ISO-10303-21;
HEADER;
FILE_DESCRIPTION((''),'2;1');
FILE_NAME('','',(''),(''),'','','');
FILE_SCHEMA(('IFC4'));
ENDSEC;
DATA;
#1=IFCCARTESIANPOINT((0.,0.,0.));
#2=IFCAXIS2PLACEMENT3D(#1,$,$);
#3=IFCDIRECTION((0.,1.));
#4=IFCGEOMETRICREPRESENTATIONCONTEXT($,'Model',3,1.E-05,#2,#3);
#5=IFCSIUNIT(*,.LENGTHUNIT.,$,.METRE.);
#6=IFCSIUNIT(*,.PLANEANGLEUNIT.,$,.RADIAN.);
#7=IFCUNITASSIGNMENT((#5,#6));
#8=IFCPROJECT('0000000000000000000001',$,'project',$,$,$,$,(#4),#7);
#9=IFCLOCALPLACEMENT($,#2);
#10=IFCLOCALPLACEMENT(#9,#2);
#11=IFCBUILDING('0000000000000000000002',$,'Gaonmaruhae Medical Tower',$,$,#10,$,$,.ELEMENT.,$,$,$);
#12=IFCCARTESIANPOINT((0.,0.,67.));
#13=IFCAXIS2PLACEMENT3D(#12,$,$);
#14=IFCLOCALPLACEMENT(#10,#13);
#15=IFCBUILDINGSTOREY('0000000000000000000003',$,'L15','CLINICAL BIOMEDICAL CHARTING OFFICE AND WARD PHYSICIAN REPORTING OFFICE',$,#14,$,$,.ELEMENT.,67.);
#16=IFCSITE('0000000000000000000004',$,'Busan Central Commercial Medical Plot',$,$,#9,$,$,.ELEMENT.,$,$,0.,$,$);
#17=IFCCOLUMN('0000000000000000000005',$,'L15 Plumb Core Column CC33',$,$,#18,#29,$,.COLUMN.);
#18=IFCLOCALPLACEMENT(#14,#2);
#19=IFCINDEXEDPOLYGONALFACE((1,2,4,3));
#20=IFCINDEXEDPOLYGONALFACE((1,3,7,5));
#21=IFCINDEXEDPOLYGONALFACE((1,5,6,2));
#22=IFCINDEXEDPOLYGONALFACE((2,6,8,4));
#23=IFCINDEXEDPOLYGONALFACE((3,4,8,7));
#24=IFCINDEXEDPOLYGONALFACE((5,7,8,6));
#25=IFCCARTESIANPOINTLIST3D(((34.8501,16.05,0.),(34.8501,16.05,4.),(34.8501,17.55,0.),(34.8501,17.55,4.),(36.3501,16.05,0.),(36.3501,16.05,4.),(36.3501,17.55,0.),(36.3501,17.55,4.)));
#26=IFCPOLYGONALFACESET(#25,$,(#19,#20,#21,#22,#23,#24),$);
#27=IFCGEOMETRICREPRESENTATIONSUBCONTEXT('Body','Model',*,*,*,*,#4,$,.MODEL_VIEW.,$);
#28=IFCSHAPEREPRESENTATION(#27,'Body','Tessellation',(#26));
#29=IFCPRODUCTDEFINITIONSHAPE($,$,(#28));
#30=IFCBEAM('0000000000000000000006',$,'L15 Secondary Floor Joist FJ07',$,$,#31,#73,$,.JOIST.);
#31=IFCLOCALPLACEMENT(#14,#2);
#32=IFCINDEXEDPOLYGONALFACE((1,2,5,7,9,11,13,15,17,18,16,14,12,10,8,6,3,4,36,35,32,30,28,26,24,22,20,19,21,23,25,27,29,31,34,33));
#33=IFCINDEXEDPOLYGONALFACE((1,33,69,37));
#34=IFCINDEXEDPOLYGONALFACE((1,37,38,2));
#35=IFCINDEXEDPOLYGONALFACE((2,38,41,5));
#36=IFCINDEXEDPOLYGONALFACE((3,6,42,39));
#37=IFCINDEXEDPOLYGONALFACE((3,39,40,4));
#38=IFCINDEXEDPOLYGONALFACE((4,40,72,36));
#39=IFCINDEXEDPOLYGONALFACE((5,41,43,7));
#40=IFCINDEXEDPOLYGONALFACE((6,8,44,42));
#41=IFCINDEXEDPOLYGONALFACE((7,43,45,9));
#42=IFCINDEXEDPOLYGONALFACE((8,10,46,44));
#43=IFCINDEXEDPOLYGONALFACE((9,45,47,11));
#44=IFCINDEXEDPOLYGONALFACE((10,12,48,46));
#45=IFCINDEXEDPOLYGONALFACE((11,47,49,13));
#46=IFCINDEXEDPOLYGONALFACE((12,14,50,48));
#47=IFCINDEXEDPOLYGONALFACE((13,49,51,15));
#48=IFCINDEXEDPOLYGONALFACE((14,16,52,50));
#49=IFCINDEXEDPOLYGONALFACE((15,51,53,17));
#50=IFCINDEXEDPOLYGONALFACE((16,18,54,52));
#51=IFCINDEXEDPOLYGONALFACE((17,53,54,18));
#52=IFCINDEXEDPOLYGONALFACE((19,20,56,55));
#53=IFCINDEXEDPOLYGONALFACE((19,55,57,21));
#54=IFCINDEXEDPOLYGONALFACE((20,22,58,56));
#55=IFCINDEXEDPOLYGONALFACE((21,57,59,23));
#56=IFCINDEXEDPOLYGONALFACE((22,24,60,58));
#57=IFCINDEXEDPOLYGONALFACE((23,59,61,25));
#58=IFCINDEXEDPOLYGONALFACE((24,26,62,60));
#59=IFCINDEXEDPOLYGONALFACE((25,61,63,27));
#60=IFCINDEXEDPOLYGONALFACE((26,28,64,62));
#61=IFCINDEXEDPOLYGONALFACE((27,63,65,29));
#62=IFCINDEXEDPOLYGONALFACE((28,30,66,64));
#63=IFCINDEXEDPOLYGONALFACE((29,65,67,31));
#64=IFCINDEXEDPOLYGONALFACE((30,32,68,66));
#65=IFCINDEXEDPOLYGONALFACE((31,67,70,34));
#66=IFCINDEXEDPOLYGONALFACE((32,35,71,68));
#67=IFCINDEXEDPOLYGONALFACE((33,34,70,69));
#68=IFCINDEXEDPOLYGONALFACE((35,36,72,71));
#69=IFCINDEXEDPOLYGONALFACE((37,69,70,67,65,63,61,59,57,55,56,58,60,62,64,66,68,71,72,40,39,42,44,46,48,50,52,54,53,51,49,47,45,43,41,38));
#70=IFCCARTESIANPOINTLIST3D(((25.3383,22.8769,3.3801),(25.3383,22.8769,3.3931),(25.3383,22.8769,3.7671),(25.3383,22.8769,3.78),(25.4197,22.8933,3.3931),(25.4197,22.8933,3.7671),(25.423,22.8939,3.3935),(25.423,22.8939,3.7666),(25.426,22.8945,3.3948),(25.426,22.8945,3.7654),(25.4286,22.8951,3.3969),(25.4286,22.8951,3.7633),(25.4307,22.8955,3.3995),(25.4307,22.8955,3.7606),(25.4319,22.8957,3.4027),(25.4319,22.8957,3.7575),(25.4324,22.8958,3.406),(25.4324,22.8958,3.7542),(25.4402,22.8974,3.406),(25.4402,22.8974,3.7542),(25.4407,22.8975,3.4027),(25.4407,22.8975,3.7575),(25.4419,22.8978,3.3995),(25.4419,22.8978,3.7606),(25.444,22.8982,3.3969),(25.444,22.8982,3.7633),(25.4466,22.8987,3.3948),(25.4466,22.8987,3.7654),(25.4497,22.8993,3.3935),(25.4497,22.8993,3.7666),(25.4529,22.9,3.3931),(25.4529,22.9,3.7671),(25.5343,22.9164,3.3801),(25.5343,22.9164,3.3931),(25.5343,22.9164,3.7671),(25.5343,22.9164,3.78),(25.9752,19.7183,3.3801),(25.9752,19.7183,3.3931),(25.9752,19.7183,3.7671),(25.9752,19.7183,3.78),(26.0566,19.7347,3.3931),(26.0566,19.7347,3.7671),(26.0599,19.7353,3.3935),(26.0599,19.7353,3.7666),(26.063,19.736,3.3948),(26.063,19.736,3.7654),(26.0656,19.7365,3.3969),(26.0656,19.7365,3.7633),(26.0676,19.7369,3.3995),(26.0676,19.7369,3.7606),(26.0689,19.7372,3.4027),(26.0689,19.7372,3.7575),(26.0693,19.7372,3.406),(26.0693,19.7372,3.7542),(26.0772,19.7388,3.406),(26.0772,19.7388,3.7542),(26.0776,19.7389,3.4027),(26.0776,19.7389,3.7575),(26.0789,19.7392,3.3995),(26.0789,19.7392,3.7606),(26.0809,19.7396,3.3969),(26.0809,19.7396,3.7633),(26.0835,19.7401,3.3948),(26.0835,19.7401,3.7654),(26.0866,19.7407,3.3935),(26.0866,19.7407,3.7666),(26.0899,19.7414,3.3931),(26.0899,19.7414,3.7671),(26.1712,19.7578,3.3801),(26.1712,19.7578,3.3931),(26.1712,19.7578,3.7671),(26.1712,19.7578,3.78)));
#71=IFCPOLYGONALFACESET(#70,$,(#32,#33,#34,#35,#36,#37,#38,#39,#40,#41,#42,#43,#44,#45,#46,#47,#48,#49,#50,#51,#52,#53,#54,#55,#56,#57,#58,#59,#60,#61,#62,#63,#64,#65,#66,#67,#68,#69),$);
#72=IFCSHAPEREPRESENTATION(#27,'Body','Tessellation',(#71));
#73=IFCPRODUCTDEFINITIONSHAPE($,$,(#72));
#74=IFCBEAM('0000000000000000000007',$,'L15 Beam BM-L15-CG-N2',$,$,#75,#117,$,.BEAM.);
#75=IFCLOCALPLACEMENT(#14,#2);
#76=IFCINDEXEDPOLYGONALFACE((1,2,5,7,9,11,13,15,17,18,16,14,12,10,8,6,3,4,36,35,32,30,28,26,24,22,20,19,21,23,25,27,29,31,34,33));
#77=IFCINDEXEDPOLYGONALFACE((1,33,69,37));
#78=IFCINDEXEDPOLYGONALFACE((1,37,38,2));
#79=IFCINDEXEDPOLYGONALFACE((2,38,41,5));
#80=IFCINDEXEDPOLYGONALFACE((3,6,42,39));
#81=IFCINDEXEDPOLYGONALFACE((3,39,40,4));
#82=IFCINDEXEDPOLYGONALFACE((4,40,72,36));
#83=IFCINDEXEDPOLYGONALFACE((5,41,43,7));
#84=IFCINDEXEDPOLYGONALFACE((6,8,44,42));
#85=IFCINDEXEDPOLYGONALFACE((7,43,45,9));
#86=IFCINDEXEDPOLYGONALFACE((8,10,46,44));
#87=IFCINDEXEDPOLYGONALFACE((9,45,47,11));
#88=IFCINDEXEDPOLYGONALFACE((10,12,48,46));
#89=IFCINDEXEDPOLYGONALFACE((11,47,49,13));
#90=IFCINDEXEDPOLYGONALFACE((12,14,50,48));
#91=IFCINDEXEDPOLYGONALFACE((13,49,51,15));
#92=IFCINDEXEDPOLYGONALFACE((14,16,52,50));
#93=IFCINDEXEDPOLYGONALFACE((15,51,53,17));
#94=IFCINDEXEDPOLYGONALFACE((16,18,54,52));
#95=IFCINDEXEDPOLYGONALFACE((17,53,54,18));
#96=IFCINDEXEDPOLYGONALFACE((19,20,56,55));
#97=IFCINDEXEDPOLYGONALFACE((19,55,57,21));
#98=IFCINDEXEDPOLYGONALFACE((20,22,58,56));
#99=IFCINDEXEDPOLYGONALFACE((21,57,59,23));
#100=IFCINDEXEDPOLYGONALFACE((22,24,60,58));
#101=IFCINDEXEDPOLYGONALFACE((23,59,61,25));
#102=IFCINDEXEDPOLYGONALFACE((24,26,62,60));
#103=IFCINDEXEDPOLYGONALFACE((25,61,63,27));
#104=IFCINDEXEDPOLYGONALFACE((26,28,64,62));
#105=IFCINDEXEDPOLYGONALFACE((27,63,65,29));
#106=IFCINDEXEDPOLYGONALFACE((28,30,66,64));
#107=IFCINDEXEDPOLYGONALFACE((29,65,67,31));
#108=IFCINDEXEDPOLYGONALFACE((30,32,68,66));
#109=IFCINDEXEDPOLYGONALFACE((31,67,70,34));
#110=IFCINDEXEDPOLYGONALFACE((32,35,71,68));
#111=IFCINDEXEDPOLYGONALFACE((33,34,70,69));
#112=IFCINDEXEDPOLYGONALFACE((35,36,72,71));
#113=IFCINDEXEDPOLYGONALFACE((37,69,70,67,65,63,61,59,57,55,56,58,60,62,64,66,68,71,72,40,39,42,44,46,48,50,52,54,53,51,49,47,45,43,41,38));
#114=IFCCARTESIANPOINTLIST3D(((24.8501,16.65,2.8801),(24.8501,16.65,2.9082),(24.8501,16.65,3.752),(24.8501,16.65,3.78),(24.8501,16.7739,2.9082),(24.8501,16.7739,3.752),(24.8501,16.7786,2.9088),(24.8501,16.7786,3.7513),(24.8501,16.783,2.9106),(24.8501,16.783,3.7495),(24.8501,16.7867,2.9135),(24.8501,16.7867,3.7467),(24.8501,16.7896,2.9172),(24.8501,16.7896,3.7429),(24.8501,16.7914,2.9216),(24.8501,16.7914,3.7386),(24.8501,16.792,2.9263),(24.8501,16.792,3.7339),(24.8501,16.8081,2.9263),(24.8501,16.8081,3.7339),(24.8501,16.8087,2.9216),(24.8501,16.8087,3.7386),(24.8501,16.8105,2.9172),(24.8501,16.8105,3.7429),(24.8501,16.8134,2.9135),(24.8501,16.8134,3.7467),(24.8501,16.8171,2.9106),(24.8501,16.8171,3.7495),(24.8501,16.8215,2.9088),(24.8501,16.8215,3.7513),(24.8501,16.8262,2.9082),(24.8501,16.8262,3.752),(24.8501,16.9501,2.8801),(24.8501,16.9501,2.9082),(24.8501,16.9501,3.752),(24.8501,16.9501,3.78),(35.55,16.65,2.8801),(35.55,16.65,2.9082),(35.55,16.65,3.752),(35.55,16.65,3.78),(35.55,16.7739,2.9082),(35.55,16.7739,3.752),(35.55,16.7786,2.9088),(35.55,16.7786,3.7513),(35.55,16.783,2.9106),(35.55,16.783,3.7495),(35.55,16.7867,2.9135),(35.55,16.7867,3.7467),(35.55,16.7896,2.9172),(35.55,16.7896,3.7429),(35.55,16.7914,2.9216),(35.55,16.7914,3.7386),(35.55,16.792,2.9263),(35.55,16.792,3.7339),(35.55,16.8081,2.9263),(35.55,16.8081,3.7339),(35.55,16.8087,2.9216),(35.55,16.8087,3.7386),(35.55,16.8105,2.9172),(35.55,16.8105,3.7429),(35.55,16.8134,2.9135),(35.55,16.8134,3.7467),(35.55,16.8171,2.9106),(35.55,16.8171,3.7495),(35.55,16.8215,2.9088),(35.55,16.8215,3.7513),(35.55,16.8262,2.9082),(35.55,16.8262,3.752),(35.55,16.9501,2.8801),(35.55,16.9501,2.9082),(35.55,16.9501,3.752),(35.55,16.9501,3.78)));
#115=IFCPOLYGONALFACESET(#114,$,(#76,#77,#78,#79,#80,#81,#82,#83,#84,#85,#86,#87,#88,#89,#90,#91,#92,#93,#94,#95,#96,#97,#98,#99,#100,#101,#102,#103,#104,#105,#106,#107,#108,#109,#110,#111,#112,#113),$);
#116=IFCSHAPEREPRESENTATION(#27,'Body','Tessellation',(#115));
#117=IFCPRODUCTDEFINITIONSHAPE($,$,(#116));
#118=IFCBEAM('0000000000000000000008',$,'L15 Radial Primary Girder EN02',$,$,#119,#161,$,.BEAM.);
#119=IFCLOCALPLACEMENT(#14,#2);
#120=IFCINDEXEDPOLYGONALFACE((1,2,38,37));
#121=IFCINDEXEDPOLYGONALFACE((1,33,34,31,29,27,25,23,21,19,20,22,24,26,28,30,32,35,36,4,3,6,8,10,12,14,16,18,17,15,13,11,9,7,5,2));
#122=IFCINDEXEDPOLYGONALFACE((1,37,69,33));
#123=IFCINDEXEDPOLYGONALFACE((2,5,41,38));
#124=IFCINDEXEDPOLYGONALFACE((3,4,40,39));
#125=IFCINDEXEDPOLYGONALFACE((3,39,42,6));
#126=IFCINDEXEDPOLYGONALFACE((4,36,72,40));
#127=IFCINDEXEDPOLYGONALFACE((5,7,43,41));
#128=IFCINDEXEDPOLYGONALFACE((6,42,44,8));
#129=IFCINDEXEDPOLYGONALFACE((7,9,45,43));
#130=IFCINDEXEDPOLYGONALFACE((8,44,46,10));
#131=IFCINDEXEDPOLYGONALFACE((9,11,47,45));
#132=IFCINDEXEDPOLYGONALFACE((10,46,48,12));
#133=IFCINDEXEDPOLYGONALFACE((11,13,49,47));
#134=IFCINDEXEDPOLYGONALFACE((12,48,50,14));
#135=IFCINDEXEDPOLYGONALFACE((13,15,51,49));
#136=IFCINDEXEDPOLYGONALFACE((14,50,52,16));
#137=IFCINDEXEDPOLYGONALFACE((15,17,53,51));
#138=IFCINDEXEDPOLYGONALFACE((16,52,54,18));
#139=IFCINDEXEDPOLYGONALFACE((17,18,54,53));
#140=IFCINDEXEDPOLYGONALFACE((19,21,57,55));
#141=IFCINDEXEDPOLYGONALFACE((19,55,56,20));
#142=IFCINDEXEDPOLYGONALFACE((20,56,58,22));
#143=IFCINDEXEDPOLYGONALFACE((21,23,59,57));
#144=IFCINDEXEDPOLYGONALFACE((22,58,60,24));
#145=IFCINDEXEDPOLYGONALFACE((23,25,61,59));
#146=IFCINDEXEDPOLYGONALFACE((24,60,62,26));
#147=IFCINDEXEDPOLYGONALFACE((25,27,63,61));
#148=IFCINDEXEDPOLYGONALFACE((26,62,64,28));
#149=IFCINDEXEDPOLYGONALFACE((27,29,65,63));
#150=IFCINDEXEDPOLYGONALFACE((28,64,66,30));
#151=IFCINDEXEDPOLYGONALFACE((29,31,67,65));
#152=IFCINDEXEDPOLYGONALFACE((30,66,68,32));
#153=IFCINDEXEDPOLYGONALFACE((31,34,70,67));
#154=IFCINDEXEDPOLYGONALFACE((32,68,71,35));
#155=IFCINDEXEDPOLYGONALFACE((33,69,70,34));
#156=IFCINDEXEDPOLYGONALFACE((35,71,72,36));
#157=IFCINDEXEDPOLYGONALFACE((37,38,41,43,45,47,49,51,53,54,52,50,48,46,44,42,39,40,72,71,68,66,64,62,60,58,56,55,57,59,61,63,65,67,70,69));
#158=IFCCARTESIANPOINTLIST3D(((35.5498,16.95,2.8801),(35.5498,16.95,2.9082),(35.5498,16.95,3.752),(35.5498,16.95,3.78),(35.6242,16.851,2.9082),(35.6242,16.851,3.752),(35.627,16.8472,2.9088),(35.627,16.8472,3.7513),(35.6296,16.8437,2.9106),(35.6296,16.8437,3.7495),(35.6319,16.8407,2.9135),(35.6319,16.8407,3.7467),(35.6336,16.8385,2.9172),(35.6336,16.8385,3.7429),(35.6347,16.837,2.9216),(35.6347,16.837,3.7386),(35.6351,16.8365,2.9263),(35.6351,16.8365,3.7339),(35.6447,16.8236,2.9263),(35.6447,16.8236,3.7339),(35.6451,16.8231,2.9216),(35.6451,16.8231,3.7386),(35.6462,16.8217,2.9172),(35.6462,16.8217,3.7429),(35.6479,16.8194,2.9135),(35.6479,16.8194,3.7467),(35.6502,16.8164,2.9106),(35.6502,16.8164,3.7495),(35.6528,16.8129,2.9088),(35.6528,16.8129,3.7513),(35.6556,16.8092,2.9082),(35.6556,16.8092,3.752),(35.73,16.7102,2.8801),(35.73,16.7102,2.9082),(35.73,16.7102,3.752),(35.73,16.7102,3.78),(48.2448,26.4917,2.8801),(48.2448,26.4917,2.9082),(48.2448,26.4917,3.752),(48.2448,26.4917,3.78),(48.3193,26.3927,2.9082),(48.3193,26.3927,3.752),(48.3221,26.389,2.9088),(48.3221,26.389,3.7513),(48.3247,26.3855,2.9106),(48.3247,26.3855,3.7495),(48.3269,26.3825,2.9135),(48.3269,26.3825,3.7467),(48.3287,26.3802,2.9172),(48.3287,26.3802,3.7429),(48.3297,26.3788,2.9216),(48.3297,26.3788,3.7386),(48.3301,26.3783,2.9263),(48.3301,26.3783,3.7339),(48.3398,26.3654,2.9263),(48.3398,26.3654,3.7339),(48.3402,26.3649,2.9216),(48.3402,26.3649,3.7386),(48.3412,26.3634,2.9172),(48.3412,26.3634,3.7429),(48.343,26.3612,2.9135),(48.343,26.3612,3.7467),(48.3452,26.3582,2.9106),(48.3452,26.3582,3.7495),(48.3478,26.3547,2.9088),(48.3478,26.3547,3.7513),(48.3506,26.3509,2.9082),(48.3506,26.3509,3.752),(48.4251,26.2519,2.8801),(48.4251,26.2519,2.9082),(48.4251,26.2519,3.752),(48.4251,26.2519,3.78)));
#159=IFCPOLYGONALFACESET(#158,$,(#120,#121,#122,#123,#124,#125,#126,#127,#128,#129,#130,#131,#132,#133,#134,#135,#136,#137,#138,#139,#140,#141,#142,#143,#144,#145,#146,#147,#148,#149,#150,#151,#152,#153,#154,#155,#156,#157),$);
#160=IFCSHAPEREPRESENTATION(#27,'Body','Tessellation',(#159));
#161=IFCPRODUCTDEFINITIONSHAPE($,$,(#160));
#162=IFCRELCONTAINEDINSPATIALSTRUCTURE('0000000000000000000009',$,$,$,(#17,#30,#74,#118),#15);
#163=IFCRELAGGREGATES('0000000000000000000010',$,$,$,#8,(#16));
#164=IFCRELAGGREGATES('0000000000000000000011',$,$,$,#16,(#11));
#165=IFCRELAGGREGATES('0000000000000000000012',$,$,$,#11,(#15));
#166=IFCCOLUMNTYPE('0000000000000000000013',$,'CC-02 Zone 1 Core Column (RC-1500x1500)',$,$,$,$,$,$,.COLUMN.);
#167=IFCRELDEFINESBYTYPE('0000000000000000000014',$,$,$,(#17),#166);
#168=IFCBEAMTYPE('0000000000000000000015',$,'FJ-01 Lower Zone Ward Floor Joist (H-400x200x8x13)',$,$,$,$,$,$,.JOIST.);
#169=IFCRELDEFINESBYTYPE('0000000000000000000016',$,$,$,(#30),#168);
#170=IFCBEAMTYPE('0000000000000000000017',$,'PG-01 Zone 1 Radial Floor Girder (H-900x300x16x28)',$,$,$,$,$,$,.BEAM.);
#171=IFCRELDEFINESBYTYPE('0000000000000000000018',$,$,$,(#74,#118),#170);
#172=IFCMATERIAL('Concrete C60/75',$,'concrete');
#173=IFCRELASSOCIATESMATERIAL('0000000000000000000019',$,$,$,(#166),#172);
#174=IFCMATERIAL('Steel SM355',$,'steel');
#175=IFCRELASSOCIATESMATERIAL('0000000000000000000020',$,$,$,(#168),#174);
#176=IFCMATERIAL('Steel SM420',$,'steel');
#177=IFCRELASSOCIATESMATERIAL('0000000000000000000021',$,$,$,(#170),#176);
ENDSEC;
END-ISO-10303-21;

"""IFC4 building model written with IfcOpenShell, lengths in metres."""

from ifc_helpers import new_model, si_unit, direction, frame, origin, origin_2d, place, context, subcontext, project, spatial, rectangle, i_section, extrude, material, material_profile, profile_set, type_object, element, save


model = new_model("IFC4")

# Units and contexts
model_context = context("Model", 3, precision=1e-05, world=origin(), true_north=direction((0.0, 1.0)))
body_context = subcontext(model_context, "Body", "Model", "MODEL_VIEW")
ifc_project = project(units=[si_unit("LENGTHUNIT", "METRE"), si_unit("PLANEANGLEUNIT", "RADIAN")], contexts=[model_context])

# Site, building, storey
site_placement = place(None, origin())
site = spatial("IfcSite", under=ifc_project, at=site_placement, Name="Busan Central Commercial Medical Plot", CompositionType="ELEMENT", RefElevation=0.0)
building_placement = place(site_placement, origin())
building = spatial("IfcBuilding", under=site, at=building_placement, Name="Gaonmaruhae Medical Tower", CompositionType="ELEMENT")
storey_placement = place(building_placement, frame((0.0, 0.0, 67.0)))
storey = spatial("IfcBuildingStorey", under=building, at=storey_placement, Name="L15", Description="CLINICAL BIOMEDICAL CHARTING OFFICE AND WARD PHYSICIAN REPORTING OFFICE", CompositionType="ELEMENT", Elevation=67.0)

# Column
ifc_material_1 = material(Name="Concrete C60/75", Category="concrete")
ifc_material_profile_1 = material_profile(ifc_material_1, rectangle(XDim=1.5, YDim=1.5, at=origin_2d()), Name="RC-1500x1500")
ifc_profile_set_1 = profile_set([ifc_material_profile_1], Name="Concrete C60/75")
column_type = type_object("IfcColumnType", Name="CC-02 Zone 1 Core Column (RC-1500x1500)", PredefinedType="COLUMN", material=ifc_profile_set_1)
column_placement = place(storey_placement, frame((35.6001, 16.8, 0.0), z_axis=(0.0, 0.0, 1.0), x_axis=(1.0, 0.0, 0.0)))
element("IfcColumn", 1, at=column_placement, inside=storey, type_object=column_type, Name="L15 Plumb Core Column CC33", PredefinedType="COLUMN", context=body_context, shape_type="SweptSolid", body=[
    extrude(rectangle(XDim=1.5, YDim=1.5, at=origin_2d()), origin(), (0.0, 0.0, 1.0), 4.0),
])

# Beams
ifc_material_2 = material(Name="Steel SM355", Category="steel")
ifc_material_profile_2 = material_profile(ifc_material_2, i_section(OverallWidth=0.2, OverallDepth=0.3999, WebThickness=0.0081, FlangeThickness=0.0129, FilletRadius=0.0129, at=origin_2d()), Name="H-400x200x8x13")
ifc_profile_set_2 = profile_set([ifc_material_profile_2], Name="Steel SM355")
beam_type_1 = type_object("IfcBeamType", Name="FJ-01 Lower Zone Ward Floor Joist (H-400x200x8x13)", PredefinedType="JOIST", material=ifc_profile_set_2)
beam_1_placement = place(storey_placement, frame((26.0732, 19.738, 3.5801), z_axis=(-0.197675, 0.980268, 0.0), x_axis=(-0.980268, -0.197675, 0.0)))
element("IfcBeam", 2, at=beam_1_placement, inside=storey, type_object=beam_type_1, Name="L15 Secondary Floor Joist FJ07", PredefinedType="JOIST", context=body_context, shape_type="SweptSolid", body=[
    extrude(i_section(OverallWidth=0.2, OverallDepth=0.3999, WebThickness=0.0081, FlangeThickness=0.0129, FilletRadius=0.0129, at=origin_2d()), origin(), (0.0, 0.0, 1.0), 3.2222),
])
ifc_material_3 = material(Name="Steel SM420", Category="steel")
ifc_material_profile_3 = material_profile(ifc_material_3, i_section(OverallWidth=0.3, OverallDepth=0.8999, WebThickness=0.0161, FlangeThickness=0.0281, FilletRadius=0.0181, at=origin_2d()), Name="H-900x300x16x28")
ifc_profile_set_3 = profile_set([ifc_material_profile_3], Name="Steel SM420")
beam_type_2 = type_object("IfcBeamType", Name="PG-01 Zone 1 Radial Floor Girder (H-900x300x16x28)", PredefinedType="BEAM", material=ifc_profile_set_3)
beam_2_placement = place(storey_placement, frame((24.8501, 16.8, 3.3301), z_axis=(1.0, 0.0, 0.0), x_axis=(0.0, 1.0, 0.0)))
element("IfcBeam", 3, at=beam_2_placement, inside=storey, type_object=beam_type_2, Name="L15 Beam BM-L15-CG-N2", PredefinedType="BEAM", context=body_context, shape_type="SweptSolid", body=[
    extrude(i_section(OverallWidth=0.3, OverallDepth=0.8999, WebThickness=0.0161, FlangeThickness=0.0281, FilletRadius=0.0181, at=origin_2d()), origin(), (0.0, 0.0, 1.0), 10.7),
])
beam_3_placement = place(storey_placement, frame((35.6399, 16.8301, 3.3301), z_axis=(0.799382, 0.600824, 0.0), x_axis=(-0.600824, 0.799382, 0.0)))
element("IfcBeam", 4, at=beam_3_placement, inside=storey, type_object=beam_type_2, Name="L15 Radial Primary Girder EN02", PredefinedType="BEAM", context=body_context, shape_type="SweptSolid", body=[
    extrude(i_section(OverallWidth=0.3, OverallDepth=0.8999, WebThickness=0.0161, FlangeThickness=0.0281, FilletRadius=0.0181, at=origin_2d()), origin(), (0.0, 0.0, 1.0), 15.8811),
])

save(model, "model.ifc")
